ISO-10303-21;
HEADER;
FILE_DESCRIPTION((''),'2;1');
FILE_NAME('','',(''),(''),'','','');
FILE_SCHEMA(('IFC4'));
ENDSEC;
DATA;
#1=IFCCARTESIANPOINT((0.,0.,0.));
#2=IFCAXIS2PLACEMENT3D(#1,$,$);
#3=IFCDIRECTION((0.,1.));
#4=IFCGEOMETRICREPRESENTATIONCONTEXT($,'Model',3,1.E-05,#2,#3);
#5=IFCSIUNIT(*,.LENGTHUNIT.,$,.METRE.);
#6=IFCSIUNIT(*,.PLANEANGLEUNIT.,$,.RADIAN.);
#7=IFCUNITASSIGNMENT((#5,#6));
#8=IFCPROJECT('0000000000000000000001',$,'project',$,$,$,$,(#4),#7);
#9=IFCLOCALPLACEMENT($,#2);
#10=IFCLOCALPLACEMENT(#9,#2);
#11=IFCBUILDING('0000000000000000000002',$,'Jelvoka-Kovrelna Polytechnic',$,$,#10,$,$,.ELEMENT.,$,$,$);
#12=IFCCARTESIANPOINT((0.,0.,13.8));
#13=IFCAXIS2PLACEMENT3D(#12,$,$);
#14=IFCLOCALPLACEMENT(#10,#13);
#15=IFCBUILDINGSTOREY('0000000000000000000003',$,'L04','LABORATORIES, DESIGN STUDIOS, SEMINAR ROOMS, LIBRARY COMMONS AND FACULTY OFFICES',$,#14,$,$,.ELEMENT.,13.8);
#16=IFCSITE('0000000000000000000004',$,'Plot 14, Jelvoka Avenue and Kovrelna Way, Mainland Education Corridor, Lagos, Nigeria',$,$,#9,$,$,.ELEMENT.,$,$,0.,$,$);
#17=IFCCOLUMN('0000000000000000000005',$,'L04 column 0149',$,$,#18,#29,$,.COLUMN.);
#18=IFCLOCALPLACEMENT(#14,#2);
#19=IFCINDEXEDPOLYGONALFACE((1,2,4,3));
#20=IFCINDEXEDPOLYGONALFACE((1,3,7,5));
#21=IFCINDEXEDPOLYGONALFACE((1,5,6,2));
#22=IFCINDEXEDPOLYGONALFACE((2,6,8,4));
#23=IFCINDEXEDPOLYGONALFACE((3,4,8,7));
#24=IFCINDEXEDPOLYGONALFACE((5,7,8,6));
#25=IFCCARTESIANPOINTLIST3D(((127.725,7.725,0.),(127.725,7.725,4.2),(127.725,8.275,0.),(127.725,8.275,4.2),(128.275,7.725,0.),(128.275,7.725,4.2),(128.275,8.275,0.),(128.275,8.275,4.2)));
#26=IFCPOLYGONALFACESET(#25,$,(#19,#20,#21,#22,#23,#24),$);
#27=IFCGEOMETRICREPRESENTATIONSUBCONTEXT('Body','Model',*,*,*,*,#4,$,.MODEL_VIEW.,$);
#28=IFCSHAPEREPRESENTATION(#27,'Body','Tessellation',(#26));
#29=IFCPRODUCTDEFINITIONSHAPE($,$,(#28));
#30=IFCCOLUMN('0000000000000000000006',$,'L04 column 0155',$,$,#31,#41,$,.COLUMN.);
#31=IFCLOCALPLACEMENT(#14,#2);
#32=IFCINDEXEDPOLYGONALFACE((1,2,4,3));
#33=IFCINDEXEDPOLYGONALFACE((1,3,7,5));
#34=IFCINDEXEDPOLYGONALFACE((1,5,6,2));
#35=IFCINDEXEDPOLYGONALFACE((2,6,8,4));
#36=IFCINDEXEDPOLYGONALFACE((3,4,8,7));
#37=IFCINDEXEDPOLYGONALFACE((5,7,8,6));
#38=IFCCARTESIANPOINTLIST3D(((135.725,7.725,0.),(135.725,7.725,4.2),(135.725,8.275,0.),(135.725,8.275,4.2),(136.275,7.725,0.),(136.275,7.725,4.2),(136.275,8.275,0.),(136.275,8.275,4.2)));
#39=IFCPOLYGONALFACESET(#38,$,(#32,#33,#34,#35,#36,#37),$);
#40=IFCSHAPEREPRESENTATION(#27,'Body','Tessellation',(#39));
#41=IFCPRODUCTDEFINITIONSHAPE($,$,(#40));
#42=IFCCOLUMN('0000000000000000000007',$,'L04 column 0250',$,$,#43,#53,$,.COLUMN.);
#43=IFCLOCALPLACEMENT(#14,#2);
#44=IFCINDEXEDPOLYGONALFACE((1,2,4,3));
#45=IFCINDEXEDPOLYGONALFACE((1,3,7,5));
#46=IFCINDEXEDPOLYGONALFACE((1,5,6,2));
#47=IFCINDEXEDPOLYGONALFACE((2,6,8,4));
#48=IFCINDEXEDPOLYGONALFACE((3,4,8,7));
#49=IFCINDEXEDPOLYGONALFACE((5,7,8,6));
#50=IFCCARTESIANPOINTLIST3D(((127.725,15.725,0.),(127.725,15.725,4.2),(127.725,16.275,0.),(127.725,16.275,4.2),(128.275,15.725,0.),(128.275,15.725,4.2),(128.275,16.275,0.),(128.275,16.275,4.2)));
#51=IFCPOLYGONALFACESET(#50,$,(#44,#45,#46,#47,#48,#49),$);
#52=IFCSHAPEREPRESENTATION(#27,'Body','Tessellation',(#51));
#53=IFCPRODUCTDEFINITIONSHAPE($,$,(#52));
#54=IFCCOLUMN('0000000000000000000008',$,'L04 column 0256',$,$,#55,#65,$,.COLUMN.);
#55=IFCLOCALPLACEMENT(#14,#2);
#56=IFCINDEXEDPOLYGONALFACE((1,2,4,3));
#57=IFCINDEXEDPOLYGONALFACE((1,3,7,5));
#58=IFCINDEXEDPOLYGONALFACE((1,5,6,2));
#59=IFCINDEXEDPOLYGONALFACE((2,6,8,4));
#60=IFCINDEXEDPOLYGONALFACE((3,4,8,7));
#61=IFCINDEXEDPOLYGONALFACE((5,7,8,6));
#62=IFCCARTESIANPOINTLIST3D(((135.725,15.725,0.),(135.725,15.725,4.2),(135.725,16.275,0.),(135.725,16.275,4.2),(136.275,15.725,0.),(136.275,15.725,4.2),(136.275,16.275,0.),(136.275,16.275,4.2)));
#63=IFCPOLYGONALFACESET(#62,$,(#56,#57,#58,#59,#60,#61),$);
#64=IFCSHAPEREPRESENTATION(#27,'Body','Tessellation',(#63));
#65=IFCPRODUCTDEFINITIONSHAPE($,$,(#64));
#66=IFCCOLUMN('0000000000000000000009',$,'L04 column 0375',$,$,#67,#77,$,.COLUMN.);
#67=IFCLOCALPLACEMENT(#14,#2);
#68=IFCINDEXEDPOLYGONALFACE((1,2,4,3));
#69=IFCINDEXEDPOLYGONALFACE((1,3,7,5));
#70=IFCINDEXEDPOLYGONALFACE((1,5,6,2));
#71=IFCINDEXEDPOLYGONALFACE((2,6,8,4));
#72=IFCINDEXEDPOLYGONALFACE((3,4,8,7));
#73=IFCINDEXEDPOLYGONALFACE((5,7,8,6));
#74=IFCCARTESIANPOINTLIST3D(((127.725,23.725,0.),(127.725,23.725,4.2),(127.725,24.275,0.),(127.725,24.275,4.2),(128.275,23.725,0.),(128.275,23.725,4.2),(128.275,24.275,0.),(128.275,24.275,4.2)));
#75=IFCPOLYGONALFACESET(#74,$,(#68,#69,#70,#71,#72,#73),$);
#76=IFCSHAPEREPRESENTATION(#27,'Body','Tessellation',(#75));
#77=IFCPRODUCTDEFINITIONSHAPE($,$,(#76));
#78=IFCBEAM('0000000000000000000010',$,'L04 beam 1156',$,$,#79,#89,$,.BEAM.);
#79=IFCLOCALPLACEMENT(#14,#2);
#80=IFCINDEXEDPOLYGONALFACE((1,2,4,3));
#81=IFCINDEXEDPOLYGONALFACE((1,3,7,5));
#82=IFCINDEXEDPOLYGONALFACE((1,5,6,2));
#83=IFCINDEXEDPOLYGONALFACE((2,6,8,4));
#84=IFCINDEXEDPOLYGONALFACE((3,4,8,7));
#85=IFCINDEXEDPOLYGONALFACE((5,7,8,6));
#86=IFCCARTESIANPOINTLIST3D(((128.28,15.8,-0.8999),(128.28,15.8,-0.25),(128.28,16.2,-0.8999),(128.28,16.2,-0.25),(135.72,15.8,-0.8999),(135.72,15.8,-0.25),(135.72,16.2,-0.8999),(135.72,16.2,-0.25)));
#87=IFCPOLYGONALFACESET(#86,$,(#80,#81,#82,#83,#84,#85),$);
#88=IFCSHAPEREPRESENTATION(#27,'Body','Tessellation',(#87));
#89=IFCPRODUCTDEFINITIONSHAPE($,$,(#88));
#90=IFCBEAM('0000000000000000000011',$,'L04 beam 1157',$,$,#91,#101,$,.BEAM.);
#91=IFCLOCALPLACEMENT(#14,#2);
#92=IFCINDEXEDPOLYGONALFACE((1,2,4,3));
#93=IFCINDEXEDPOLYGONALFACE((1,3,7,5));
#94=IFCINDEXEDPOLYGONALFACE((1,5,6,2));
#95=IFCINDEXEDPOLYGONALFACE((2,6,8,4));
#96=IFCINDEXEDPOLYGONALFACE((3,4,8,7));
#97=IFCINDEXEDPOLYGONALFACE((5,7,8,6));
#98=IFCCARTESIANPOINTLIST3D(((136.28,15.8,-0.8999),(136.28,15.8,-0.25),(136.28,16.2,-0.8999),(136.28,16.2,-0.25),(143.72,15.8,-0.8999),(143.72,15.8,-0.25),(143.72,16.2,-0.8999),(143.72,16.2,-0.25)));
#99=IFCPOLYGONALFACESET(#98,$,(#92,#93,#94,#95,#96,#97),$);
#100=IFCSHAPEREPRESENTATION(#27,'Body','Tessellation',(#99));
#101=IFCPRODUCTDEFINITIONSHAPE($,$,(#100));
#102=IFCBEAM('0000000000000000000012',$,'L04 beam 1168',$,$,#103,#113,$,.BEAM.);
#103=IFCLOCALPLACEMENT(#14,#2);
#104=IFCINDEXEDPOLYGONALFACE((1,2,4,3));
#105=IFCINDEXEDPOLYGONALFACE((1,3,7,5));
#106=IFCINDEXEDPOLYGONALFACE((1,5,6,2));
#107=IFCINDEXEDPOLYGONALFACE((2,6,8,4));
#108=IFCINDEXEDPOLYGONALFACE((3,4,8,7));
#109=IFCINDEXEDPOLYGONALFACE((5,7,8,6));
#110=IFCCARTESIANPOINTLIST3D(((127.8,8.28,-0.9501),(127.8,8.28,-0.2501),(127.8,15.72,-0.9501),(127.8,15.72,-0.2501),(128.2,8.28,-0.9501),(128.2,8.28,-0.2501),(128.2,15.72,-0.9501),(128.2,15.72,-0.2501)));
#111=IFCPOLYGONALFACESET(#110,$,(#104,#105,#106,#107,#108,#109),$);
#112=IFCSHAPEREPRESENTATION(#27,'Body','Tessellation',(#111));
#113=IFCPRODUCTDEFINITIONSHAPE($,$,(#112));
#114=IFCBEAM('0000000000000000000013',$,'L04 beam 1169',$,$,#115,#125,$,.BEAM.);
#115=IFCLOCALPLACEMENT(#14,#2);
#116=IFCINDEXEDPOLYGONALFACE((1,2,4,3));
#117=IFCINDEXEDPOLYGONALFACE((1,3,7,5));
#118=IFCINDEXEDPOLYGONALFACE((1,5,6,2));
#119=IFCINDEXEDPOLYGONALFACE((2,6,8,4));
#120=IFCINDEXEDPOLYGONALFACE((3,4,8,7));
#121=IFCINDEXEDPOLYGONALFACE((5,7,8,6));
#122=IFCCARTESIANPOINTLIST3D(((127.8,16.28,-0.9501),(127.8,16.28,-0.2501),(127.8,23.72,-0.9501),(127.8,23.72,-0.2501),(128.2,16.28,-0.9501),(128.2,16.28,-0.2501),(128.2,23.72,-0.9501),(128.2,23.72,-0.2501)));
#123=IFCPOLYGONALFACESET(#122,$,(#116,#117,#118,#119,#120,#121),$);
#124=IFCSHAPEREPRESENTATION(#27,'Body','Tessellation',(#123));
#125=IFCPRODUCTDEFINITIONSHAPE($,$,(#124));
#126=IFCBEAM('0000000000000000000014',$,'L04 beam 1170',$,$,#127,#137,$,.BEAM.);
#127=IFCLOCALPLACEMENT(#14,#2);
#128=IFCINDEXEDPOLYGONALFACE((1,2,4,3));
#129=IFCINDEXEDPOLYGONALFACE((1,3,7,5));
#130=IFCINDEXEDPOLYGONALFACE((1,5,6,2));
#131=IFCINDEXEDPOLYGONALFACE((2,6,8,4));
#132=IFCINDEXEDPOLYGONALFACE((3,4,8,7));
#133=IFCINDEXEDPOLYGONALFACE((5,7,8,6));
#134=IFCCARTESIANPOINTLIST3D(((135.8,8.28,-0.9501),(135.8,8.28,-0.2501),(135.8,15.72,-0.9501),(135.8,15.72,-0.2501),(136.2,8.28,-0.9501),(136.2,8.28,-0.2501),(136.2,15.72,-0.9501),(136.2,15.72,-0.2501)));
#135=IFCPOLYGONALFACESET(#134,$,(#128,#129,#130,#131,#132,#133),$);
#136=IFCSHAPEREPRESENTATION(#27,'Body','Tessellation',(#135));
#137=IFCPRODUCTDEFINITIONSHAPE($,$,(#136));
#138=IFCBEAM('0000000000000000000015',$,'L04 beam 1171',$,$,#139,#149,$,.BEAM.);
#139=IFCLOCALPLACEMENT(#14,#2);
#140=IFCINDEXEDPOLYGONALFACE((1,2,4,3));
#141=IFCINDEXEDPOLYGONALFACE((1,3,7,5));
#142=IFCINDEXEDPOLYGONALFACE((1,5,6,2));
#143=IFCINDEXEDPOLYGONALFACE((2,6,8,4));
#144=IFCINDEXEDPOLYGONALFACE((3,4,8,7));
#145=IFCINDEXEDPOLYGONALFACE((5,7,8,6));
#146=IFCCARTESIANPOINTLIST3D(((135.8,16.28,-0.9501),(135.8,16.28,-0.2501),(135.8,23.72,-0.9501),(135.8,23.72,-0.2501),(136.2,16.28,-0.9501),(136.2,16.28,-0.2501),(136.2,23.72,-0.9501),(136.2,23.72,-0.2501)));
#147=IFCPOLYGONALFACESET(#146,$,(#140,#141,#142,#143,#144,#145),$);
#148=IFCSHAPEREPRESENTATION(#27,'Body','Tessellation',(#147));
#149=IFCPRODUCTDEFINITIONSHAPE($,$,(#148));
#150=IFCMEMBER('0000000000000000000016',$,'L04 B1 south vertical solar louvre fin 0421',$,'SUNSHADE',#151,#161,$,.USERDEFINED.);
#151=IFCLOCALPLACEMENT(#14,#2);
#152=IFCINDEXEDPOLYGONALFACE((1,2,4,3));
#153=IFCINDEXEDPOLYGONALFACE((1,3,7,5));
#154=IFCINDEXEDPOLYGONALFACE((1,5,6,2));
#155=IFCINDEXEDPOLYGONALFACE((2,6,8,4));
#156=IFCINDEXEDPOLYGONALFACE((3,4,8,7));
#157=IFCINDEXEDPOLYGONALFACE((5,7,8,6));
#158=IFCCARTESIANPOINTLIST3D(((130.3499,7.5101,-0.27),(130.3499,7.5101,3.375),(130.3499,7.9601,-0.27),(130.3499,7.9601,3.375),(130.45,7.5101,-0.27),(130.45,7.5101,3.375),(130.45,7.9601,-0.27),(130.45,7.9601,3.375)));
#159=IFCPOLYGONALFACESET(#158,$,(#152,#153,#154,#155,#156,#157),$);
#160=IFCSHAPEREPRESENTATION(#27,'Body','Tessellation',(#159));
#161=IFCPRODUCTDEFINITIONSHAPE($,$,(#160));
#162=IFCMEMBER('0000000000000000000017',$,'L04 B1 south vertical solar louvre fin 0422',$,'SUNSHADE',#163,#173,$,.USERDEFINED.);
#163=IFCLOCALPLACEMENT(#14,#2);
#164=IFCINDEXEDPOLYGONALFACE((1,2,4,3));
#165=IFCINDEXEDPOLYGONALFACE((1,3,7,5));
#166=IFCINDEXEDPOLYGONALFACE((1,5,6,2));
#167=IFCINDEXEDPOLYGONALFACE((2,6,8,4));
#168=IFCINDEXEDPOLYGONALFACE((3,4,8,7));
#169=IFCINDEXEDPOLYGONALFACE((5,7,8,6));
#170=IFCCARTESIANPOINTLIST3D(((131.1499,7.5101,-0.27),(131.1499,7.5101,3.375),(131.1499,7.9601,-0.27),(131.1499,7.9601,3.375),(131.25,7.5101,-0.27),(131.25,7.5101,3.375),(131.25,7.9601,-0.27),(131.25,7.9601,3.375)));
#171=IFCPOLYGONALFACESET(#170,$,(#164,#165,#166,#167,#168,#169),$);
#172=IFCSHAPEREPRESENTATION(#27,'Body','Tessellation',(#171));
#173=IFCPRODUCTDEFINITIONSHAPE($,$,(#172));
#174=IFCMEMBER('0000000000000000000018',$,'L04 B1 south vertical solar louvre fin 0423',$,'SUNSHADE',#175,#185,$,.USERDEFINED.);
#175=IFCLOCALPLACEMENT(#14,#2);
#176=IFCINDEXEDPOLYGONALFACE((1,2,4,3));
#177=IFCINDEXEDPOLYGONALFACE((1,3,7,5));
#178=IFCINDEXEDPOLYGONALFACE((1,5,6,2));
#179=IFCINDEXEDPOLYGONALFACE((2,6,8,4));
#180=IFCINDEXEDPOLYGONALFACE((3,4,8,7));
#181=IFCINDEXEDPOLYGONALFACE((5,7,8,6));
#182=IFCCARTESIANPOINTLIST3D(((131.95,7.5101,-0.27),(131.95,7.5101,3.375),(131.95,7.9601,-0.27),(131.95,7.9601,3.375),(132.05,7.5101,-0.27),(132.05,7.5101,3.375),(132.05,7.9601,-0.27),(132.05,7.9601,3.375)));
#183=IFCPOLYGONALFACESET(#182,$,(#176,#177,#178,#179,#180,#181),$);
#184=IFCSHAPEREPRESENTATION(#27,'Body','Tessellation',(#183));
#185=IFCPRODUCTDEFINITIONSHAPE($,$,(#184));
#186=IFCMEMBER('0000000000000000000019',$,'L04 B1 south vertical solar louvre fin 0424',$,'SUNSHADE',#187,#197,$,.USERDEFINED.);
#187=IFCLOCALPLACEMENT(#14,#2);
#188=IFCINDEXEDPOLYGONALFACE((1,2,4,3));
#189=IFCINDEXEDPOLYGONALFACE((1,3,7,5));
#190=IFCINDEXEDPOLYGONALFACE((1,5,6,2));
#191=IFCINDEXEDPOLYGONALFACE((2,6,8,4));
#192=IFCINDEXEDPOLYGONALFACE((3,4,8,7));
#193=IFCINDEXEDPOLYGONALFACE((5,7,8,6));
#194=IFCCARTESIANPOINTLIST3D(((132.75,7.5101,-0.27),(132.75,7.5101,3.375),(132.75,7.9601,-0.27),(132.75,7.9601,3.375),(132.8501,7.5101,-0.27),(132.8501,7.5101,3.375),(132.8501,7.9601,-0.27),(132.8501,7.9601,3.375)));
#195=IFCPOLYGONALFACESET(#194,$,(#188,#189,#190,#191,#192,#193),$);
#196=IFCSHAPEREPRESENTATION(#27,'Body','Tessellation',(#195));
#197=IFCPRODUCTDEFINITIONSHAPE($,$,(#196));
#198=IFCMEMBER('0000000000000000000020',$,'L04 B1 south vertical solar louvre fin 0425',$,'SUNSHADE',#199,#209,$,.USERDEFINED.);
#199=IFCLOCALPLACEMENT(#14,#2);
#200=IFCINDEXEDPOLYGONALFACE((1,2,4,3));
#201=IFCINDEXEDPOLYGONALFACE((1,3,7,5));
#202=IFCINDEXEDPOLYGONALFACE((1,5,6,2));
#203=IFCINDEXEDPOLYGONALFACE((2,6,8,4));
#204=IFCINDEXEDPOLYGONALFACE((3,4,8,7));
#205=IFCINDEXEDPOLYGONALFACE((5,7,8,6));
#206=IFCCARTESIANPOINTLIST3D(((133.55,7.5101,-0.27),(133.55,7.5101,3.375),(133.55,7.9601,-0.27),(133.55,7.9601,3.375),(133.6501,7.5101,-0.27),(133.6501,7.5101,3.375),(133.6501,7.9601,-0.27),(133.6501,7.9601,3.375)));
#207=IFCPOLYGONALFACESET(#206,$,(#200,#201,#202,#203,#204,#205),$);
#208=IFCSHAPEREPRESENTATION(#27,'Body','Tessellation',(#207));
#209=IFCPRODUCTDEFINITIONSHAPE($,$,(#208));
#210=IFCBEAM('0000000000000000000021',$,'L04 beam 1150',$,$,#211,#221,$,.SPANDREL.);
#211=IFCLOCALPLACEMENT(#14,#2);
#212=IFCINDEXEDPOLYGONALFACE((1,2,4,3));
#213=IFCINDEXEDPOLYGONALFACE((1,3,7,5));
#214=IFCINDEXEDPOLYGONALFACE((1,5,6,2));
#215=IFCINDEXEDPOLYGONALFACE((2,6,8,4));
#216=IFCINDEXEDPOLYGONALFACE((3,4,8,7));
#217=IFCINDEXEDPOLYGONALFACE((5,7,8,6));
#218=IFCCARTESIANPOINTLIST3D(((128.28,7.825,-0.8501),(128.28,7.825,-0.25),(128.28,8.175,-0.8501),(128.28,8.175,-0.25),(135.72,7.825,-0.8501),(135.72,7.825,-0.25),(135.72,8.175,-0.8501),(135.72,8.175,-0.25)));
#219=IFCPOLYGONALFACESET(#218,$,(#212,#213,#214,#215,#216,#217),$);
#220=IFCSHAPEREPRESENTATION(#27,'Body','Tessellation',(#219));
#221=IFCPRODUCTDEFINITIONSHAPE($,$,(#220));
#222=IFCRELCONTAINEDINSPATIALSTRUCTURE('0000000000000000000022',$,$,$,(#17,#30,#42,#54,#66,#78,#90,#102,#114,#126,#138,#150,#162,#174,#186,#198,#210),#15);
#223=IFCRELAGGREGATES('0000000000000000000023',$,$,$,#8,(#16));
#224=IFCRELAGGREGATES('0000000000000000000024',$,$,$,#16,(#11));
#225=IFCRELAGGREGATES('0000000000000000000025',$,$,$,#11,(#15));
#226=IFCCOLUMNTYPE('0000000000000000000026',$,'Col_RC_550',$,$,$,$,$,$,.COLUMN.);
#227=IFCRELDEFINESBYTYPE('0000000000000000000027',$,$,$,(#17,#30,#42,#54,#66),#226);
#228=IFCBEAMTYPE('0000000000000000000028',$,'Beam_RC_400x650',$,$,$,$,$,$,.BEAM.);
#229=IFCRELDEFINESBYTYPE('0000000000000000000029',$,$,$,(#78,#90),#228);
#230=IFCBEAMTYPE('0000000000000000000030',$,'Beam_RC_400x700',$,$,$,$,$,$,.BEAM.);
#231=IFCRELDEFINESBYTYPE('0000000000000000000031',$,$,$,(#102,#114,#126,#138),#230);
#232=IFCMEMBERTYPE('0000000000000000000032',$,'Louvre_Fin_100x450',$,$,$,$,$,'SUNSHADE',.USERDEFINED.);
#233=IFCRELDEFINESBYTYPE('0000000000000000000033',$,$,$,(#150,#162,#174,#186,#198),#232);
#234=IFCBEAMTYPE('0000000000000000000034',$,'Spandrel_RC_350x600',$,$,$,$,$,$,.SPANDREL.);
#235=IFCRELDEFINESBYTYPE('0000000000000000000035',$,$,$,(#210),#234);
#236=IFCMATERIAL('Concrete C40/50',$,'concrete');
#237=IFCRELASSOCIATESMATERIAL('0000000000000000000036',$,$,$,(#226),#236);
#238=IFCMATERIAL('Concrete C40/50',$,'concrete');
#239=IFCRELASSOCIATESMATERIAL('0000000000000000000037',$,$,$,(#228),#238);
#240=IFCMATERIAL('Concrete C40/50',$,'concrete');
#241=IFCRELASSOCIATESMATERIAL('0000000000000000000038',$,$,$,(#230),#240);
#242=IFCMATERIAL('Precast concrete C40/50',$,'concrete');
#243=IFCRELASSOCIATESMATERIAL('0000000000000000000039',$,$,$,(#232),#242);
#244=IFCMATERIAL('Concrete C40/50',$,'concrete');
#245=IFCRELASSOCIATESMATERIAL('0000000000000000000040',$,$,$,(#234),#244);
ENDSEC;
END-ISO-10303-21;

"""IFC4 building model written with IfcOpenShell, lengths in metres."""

from ifc_helpers import new_model, si_unit, direction, frame, origin, origin_2d, place, context, subcontext, project, spatial, rectangle, extrude, material, material_profile, profile_set, type_object, element, save


model = new_model("IFC4")

# Units and contexts
model_context = context("Model", 3, precision=1e-05, world=origin(), true_north=direction((0.0, 1.0)))
body_context = subcontext(model_context, "Body", "Model", "MODEL_VIEW")
ifc_project = project(units=[si_unit("LENGTHUNIT", "METRE"), si_unit("PLANEANGLEUNIT", "RADIAN")], contexts=[model_context])

# Site, building, storey
site_placement = place(None, origin())
site = spatial("IfcSite", under=ifc_project, at=site_placement, Name="Plot 14, Jelvoka Avenue and Kovrelna Way, Mainland Education Corridor, Lagos, Nigeria", CompositionType="ELEMENT", RefElevation=0.0)
building_placement = place(site_placement, origin())
building = spatial("IfcBuilding", under=site, at=building_placement, Name="Jelvoka-Kovrelna Polytechnic", CompositionType="ELEMENT")
storey_placement = place(building_placement, frame((0.0, 0.0, 13.8)))
storey = spatial("IfcBuildingStorey", under=building, at=storey_placement, Name="L04", Description="LABORATORIES, DESIGN STUDIOS, SEMINAR ROOMS, LIBRARY COMMONS AND FACULTY OFFICES", CompositionType="ELEMENT", Elevation=13.8)

# Columns
ifc_material_1 = material(Name="Concrete C40/50", Category="concrete")
ifc_material_profile_1 = material_profile(ifc_material_1, rectangle(XDim=0.55, YDim=0.55, at=origin_2d()), Name="RC 550x550")
ifc_profile_set_1 = profile_set([ifc_material_profile_1], Name="Concrete C40/50")
column_type = type_object("IfcColumnType", Name="Col_RC_550", PredefinedType="COLUMN", material=ifc_profile_set_1)
for number, where, z_axis, x_axis, name in (
    (1, (128.0, 8.0, 0.0), (0.0, 0.0, 1.0), (1.0, 0.0, 0.0), "L04 column 0149"),
    (2, (136.0, 8.0, 0.0), (0.0, 0.0, 1.0), (1.0, 0.0, 0.0), "L04 column 0155"),
    (3, (128.0, 16.0, 0.0), (0.0, 0.0, 1.0), (1.0, 0.0, 0.0), "L04 column 0250"),
    (4, (136.0, 16.0, 0.0), (0.0, 0.0, 1.0), (1.0, 0.0, 0.0), "L04 column 0256"),
    (5, (128.0, 24.0, 0.0), (0.0, 0.0, 1.0), (1.0, 0.0, 0.0), "L04 column 0375"),
):
    element("IfcColumn", number, at=place(storey_placement, frame(where, z_axis=z_axis, x_axis=x_axis)), inside=storey, type_object=column_type, Name=name, PredefinedType="COLUMN", context=body_context, shape_type="SweptSolid", body=[
        extrude(rectangle(XDim=0.55, YDim=0.55, at=origin_2d()), origin(), (0.0, 0.0, 1.0), 4.2),
    ])

# Beams
ifc_material_2 = material(Name="Concrete C40/50", Category="concrete")
ifc_material_profile_2 = material_profile(ifc_material_2, rectangle(XDim=0.3999, YDim=0.6499, at=origin_2d()), Name="RC 400x650")
ifc_profile_set_2 = profile_set([ifc_material_profile_2], Name="Concrete C40/50")
beam_type_1 = type_object("IfcBeamType", Name="Beam_RC_400x650", PredefinedType="BEAM", material=ifc_profile_set_2)
for number, where, z_axis, x_axis, name in (
    (6, (128.28, 16.0, -0.575), (1.0, 0.0, 0.0), (0.0, 1.0, 0.0), "L04 beam 1156"),
    (7, (136.28, 16.0, -0.575), (1.0, 0.0, 0.0), (0.0, 1.0, 0.0), "L04 beam 1157"),
):
    element("IfcBeam", number, at=place(storey_placement, frame(where, z_axis=z_axis, x_axis=x_axis)), inside=storey, type_object=beam_type_1, Name=name, PredefinedType="BEAM", context=body_context, shape_type="SweptSolid", body=[
        extrude(rectangle(XDim=0.3999, YDim=0.6499, at=origin_2d()), origin(), (0.0, 0.0, 1.0), 7.4399),
    ])
ifc_material_3 = material(Name="Concrete C40/50", Category="concrete")
ifc_material_profile_3 = material_profile(ifc_material_3, rectangle(XDim=0.3999, YDim=0.7, at=origin_2d()), Name="RC 400x700")
ifc_profile_set_3 = profile_set([ifc_material_profile_3], Name="Concrete C40/50")
beam_type_2 = type_object("IfcBeamType", Name="Beam_RC_400x700", PredefinedType="BEAM", material=ifc_profile_set_3)
for number, where, z_axis, x_axis, name in (
    (8, (128.0, 8.28, -0.6001), (0.0, 1.0, 0.0), (-1.0, 0.0, 0.0), "L04 beam 1168"),
    (9, (128.0, 16.28, -0.6001), (0.0, 1.0, 0.0), (-1.0, 0.0, 0.0), "L04 beam 1169"),
    (10, (136.0, 8.28, -0.6001), (0.0, 1.0, 0.0), (-1.0, 0.0, 0.0), "L04 beam 1170"),
    (11, (136.0, 16.28, -0.6001), (0.0, 1.0, 0.0), (-1.0, 0.0, 0.0), "L04 beam 1171"),
):
    element("IfcBeam", number, at=place(storey_placement, frame(where, z_axis=z_axis, x_axis=x_axis)), inside=storey, type_object=beam_type_2, Name=name, PredefinedType="BEAM", context=body_context, shape_type="SweptSolid", body=[
        extrude(rectangle(XDim=0.3999, YDim=0.7, at=origin_2d()), origin(), (0.0, 0.0, 1.0), 7.4399),
    ])

# Members
ifc_material_4 = material(Name="Precast concrete C40/50", Category="concrete")
ifc_material_profile_4 = material_profile(ifc_material_4, rectangle(XDim=0.1001, YDim=0.45, at=origin_2d()), Name="PC 100x450")
ifc_profile_set_4 = profile_set([ifc_material_profile_4], Name="Precast concrete C40/50")
member_type = type_object("IfcMemberType", Name="Louvre_Fin_100x450", ElementType="SUNSHADE", PredefinedType="USERDEFINED", material=ifc_profile_set_4)
for number, where, z_axis, x_axis, name in (
    (12, (130.3999, 7.7351, -0.27), (0.0, 0.0, 1.0), (1.0, 0.0, 0.0), "L04 B1 south vertical solar louvre fin 0421"),
    (13, (131.2, 7.7351, -0.27), (0.0, 0.0, 1.0), (1.0, 0.0, 0.0), "L04 B1 south vertical solar louvre fin 0422"),
    (14, (132.0, 7.7351, -0.27), (0.0, 0.0, 1.0), (1.0, 0.0, 0.0), "L04 B1 south vertical solar louvre fin 0423"),
    (15, (132.8, 7.7351, -0.27), (0.0, 0.0, 1.0), (1.0, 0.0, 0.0), "L04 B1 south vertical solar louvre fin 0424"),
    (16, (133.6001, 7.7351, -0.27), (0.0, 0.0, 1.0), (1.0, 0.0, 0.0), "L04 B1 south vertical solar louvre fin 0425"),
):
    element("IfcMember", number, at=place(storey_placement, frame(where, z_axis=z_axis, x_axis=x_axis)), inside=storey, type_object=member_type, Name=name, ObjectType="SUNSHADE", PredefinedType="USERDEFINED", context=body_context, shape_type="SweptSolid", body=[
        extrude(rectangle(XDim=0.1001, YDim=0.45, at=origin_2d()), origin(), (0.0, 0.0, 1.0), 3.645),
    ])

# Beam
ifc_material_5 = material(Name="Concrete C40/50", Category="concrete")
ifc_material_profile_5 = material_profile(ifc_material_5, rectangle(XDim=0.3501, YDim=0.6001, at=origin_2d()), Name="RC 350x600")
ifc_profile_set_5 = profile_set([ifc_material_profile_5], Name="Concrete C40/50")
beam_type_3 = type_object("IfcBeamType", Name="Spandrel_RC_350x600", PredefinedType="SPANDREL", material=ifc_profile_set_5)
for number, where, z_axis, x_axis, name in (
    (17, (128.28, 8.0, -0.55), (1.0, 0.0, 0.0), (0.0, 1.0, 0.0), "L04 beam 1150"),
):
    element("IfcBeam", number, at=place(storey_placement, frame(where, z_axis=z_axis, x_axis=x_axis)), inside=storey, type_object=beam_type_3, Name=name, PredefinedType="SPANDREL", context=body_context, shape_type="SweptSolid", body=[
        extrude(rectangle(XDim=0.3501, YDim=0.6001, at=origin_2d()), origin(), (0.0, 0.0, 1.0), 7.4399),
    ])

save(model, "model.ifc")
